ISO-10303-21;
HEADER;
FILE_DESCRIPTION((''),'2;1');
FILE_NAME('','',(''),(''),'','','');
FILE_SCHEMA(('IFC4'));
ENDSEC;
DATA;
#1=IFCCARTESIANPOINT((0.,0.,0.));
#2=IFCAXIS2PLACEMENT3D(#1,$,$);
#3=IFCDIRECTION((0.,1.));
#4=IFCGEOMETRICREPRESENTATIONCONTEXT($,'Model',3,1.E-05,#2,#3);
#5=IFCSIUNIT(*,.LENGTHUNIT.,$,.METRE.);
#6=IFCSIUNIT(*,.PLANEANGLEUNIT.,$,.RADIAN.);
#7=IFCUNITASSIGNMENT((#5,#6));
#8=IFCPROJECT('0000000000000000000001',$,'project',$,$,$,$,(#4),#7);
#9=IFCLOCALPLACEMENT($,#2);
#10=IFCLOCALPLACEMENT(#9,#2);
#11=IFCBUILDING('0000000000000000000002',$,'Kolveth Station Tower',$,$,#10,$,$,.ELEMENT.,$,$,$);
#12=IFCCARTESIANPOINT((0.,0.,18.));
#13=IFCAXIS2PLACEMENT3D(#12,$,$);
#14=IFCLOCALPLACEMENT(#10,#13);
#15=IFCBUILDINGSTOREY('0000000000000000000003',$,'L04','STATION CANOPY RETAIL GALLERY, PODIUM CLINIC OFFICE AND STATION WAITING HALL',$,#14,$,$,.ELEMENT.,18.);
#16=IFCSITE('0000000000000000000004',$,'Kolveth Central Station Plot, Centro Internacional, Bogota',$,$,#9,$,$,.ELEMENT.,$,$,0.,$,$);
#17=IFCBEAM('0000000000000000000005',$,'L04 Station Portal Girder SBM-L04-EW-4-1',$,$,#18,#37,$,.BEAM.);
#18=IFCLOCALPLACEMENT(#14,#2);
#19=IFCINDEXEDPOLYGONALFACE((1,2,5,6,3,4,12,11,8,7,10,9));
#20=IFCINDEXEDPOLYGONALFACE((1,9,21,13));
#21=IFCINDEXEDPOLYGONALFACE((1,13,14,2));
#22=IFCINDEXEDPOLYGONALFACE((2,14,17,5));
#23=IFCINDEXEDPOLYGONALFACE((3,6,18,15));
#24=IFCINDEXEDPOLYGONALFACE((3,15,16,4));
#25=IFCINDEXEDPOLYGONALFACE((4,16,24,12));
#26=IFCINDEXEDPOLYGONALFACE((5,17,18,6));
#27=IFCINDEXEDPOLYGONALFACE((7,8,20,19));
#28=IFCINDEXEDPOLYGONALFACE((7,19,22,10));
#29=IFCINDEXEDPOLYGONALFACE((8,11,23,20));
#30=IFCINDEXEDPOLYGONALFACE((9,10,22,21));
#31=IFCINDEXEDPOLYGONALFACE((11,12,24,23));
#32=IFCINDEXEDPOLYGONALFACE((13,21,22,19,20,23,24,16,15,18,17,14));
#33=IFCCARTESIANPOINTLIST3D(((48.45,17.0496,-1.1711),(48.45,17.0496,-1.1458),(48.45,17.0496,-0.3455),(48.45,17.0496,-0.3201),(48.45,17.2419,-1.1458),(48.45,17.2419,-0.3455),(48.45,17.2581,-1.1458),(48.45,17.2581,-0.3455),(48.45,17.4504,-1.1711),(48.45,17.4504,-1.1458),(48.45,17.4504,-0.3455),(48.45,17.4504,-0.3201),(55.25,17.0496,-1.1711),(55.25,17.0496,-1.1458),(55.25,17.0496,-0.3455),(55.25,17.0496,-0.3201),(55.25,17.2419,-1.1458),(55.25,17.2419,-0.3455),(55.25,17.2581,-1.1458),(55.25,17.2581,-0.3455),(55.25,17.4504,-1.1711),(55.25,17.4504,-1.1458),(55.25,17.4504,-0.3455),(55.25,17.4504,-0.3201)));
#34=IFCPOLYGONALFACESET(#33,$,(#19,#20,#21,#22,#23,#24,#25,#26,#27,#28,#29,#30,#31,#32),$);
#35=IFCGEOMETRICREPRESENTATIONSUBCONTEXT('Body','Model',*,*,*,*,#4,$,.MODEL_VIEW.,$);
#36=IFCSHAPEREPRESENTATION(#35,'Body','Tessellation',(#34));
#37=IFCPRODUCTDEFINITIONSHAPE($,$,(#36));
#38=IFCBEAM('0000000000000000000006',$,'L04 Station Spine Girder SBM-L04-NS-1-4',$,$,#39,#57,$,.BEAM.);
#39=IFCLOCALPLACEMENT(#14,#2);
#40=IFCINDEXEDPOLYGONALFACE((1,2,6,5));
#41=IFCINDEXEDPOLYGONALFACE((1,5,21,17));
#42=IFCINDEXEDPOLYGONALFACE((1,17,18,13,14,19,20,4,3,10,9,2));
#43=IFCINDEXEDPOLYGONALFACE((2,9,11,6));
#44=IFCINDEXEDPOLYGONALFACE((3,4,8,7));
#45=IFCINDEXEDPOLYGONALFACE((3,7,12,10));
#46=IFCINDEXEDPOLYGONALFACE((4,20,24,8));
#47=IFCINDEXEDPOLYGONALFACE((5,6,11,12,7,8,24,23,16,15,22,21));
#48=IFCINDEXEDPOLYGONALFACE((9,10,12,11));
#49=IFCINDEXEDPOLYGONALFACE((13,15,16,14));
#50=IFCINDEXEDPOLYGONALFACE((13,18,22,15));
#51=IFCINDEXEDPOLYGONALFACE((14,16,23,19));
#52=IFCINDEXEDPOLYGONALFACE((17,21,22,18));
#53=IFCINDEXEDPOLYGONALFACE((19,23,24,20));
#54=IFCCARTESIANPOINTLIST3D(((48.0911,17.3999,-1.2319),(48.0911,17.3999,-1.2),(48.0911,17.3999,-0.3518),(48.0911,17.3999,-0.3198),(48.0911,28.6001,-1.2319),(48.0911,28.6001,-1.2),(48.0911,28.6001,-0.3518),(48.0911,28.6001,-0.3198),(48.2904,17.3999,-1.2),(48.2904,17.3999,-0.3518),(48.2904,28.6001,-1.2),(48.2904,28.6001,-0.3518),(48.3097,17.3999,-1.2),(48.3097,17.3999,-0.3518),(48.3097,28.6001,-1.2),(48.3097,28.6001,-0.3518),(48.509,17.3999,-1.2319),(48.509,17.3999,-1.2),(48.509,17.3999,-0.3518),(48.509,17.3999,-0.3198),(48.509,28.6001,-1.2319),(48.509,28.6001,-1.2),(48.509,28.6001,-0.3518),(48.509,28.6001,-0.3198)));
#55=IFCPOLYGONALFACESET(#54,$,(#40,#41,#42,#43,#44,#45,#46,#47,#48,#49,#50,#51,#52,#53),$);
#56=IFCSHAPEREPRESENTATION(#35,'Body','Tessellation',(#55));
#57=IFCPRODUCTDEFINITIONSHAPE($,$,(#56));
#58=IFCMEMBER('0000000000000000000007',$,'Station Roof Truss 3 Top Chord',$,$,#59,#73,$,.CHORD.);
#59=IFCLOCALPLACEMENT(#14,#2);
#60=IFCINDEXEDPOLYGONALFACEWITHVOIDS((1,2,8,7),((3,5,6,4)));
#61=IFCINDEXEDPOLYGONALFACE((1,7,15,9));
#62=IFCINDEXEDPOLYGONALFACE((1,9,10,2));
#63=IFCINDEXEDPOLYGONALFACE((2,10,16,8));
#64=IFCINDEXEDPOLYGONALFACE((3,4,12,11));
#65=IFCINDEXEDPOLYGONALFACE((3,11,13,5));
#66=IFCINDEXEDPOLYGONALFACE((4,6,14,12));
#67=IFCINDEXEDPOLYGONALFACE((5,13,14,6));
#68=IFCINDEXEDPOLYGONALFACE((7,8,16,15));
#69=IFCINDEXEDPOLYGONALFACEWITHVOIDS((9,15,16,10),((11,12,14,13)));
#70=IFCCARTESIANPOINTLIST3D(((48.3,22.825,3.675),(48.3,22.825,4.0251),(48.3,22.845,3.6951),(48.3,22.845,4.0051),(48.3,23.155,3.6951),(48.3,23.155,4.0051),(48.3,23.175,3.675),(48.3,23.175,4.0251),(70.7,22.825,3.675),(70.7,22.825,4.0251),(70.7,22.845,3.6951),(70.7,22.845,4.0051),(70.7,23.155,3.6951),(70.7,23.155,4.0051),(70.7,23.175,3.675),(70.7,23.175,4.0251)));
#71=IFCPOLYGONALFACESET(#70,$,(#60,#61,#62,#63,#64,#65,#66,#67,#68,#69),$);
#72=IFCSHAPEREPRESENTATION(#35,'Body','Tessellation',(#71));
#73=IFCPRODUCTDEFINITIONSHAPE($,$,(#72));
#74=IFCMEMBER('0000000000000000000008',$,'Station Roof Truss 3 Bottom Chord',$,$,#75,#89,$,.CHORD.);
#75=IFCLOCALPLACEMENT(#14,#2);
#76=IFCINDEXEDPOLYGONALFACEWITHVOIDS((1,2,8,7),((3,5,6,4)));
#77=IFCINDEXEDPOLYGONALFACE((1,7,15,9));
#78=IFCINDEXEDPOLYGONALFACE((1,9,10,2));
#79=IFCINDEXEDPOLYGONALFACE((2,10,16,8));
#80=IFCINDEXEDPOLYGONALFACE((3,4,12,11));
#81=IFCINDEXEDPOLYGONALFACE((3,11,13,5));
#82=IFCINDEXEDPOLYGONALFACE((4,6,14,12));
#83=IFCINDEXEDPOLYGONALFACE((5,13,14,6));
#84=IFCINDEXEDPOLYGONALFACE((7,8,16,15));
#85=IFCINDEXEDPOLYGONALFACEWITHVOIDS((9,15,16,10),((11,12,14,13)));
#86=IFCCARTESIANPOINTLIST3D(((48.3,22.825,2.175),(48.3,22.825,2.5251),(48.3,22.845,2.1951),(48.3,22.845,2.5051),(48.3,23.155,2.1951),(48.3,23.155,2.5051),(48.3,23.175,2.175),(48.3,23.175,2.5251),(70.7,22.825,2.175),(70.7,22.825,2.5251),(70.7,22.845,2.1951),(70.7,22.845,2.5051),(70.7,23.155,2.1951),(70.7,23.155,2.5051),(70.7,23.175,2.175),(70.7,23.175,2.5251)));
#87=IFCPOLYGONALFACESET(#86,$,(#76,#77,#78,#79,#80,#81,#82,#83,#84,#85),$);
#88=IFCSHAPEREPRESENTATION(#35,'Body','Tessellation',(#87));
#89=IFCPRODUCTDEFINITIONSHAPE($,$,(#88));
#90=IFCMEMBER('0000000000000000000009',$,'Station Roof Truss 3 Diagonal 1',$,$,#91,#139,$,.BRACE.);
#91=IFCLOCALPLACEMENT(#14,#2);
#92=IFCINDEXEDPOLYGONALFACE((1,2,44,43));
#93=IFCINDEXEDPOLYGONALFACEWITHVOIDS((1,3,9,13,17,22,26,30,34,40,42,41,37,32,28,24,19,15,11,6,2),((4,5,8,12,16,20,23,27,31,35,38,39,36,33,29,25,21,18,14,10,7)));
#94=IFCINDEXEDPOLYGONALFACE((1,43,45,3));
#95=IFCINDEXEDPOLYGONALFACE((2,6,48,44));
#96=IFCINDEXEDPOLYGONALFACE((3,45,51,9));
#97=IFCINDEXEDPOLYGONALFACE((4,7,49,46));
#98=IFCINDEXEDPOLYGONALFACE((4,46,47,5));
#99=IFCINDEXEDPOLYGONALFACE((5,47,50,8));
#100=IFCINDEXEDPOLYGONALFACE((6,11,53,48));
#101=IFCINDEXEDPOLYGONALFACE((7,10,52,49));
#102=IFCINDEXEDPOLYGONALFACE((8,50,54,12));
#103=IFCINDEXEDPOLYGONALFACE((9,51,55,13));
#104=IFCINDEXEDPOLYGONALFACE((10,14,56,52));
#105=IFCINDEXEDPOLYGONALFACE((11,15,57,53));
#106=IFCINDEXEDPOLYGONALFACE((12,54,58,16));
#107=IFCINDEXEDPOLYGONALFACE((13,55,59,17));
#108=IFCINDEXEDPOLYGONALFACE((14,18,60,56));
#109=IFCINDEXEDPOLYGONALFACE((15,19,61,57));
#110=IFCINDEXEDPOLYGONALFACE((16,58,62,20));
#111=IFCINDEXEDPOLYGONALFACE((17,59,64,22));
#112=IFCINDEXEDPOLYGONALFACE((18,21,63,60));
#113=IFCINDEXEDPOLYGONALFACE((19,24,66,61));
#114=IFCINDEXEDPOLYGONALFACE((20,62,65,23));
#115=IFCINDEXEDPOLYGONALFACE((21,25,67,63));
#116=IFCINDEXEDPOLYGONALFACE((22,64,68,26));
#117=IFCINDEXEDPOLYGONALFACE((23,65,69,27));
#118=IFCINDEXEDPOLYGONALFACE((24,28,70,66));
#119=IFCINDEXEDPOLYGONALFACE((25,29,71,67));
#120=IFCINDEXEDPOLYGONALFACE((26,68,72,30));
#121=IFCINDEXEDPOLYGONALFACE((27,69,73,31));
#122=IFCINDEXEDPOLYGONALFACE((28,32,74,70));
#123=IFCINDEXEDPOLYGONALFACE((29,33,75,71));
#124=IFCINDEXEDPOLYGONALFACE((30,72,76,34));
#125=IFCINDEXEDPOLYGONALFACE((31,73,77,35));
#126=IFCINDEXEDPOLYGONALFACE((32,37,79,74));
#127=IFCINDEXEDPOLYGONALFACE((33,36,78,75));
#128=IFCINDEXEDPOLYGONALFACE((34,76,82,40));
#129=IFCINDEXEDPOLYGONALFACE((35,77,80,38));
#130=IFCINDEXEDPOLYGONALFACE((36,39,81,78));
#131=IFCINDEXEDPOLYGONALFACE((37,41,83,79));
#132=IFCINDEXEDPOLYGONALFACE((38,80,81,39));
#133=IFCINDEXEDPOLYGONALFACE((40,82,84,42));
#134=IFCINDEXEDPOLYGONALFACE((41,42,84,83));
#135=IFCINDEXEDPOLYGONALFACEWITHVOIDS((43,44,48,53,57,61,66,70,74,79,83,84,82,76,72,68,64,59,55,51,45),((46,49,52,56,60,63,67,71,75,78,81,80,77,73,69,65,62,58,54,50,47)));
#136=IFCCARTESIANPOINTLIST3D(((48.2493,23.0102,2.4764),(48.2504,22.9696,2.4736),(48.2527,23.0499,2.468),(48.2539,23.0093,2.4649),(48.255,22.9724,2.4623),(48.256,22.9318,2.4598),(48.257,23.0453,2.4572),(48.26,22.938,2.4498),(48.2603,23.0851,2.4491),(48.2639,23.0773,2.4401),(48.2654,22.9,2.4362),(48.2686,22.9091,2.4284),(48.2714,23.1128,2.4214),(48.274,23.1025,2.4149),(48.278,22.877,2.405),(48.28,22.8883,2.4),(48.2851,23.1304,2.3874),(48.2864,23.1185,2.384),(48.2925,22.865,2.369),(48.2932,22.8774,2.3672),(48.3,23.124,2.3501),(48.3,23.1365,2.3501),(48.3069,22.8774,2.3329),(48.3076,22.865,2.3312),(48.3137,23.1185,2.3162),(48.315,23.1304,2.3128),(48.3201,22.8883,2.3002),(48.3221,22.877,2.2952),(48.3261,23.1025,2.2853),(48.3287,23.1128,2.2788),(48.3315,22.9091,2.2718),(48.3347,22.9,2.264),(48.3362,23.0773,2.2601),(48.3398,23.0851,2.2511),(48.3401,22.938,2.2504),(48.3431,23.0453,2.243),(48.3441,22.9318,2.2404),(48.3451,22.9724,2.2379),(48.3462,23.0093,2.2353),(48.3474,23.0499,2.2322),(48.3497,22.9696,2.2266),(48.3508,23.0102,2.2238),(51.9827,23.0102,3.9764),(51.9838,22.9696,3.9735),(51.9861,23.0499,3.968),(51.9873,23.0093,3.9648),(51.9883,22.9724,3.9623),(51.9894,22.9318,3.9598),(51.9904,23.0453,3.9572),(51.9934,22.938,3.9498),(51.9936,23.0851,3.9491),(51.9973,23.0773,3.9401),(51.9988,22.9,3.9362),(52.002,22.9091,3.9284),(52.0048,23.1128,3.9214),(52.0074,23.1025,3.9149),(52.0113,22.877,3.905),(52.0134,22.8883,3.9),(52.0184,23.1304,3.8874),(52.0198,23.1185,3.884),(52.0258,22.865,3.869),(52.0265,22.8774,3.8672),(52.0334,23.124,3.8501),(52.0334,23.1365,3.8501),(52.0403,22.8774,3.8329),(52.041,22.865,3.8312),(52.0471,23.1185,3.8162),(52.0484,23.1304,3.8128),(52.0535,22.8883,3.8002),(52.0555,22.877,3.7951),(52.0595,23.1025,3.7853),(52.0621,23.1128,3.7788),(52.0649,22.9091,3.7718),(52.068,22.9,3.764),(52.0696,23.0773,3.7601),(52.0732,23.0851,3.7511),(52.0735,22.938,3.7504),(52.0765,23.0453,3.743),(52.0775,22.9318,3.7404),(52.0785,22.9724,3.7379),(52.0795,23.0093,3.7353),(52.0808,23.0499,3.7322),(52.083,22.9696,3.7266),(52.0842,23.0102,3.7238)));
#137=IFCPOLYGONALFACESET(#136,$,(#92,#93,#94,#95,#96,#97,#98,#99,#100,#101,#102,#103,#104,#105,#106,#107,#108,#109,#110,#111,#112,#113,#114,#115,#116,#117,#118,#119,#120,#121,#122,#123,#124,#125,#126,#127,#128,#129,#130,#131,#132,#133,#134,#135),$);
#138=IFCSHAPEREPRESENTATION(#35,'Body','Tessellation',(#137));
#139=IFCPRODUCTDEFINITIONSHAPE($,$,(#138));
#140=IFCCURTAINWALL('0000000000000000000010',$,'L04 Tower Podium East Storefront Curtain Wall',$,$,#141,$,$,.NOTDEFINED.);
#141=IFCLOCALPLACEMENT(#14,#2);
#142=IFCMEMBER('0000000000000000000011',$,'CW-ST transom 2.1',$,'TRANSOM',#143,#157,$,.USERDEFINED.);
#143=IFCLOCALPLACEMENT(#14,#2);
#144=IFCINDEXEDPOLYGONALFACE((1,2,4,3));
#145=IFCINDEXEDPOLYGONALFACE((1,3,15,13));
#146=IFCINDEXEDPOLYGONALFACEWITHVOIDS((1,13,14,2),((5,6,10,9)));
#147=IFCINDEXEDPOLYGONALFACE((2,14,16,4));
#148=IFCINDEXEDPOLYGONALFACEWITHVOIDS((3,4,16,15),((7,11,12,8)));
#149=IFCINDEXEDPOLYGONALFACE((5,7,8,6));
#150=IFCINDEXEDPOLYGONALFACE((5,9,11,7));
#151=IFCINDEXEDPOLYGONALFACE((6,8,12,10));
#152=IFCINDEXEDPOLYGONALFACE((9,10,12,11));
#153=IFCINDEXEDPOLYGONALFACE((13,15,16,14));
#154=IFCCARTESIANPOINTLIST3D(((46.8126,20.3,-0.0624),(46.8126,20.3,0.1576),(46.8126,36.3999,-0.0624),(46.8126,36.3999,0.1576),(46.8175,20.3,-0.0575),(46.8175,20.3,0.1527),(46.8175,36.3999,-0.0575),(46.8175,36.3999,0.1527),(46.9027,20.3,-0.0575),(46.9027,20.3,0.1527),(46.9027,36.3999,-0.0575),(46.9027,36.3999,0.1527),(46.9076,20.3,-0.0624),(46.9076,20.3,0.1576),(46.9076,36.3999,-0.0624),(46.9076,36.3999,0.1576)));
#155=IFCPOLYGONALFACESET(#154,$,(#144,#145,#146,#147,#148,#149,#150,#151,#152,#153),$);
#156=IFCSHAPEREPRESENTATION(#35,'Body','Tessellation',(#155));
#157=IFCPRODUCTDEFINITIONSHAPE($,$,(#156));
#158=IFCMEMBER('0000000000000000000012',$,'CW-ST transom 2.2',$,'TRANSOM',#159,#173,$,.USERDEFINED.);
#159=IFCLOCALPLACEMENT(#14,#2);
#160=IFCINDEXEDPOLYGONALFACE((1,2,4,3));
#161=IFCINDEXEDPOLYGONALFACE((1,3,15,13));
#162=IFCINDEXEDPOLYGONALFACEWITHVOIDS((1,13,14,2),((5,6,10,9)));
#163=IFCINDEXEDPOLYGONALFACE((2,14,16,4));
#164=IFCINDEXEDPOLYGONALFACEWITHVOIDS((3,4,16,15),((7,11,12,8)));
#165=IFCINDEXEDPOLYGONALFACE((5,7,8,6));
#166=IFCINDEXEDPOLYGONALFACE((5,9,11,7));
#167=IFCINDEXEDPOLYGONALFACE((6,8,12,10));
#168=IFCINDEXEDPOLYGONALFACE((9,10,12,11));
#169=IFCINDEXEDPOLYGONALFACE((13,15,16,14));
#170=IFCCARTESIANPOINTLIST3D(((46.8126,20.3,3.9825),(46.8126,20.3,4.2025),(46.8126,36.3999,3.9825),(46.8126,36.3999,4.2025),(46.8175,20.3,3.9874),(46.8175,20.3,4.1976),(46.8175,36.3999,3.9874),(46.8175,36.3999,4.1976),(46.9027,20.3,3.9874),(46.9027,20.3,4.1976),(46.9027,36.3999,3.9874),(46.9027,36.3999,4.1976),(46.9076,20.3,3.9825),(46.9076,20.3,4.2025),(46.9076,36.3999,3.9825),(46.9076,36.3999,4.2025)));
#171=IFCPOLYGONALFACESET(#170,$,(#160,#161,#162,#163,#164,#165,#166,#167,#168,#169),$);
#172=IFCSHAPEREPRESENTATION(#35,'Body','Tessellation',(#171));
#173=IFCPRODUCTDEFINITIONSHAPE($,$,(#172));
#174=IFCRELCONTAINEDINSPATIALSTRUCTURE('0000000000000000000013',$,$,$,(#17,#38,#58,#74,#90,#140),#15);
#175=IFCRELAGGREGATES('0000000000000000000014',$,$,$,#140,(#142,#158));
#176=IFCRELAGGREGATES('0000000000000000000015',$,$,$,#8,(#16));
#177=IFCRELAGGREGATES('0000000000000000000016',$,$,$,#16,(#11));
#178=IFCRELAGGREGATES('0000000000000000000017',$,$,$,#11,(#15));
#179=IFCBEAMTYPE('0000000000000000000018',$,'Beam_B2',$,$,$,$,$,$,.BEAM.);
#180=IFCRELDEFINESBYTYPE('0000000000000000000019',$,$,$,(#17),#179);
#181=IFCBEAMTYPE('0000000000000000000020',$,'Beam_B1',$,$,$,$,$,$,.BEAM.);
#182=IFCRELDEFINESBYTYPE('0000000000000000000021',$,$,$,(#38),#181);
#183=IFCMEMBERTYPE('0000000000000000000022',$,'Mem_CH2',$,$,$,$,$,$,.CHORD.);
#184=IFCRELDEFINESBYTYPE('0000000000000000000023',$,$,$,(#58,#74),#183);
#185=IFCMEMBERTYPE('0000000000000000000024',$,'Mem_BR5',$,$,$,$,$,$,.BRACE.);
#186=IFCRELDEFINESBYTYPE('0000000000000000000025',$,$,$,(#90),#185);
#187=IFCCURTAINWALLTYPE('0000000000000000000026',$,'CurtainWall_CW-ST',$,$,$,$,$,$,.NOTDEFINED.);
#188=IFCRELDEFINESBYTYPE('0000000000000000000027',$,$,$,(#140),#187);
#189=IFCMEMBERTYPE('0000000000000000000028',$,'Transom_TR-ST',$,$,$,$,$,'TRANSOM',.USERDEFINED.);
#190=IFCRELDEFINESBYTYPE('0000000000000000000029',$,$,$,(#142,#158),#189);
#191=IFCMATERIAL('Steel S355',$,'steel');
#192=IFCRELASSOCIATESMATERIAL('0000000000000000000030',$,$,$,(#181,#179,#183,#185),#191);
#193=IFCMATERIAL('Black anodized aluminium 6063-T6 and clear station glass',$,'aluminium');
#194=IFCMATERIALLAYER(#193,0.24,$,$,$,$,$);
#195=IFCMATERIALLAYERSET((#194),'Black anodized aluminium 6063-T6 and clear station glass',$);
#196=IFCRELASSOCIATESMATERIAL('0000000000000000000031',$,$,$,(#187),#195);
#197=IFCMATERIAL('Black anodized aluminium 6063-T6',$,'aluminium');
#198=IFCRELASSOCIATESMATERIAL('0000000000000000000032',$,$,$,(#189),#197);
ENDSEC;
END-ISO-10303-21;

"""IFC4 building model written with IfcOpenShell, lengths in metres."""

from ifc_helpers import new_model, si_unit, direction, frame, origin, origin_2d, place, context, subcontext, project, spatial, hollow_rectangle, hollow_circle, i_section, extrude, source, transform, mapped, material, layer, layer_set, material_profile, profile_set, type_object, element, aggregate, save


model = new_model("IFC4")

# Units and contexts
model_context = context("Model", 3, precision=1e-05, world=origin(), true_north=direction((0.0, 1.0)))
body_context = subcontext(model_context, "Body", "Model", "MODEL_VIEW")
ifc_project = project(units=[si_unit("LENGTHUNIT", "METRE"), si_unit("PLANEANGLEUNIT", "RADIAN")], contexts=[model_context])

# Site, building, storey
site_placement = place(None, origin())
site = spatial("IfcSite", under=ifc_project, at=site_placement, Name="Kolveth Central Station Plot, Centro Internacional, Bogota", CompositionType="ELEMENT", RefElevation=0.0)
building_placement = place(site_placement, origin())
building = spatial("IfcBuilding", under=site, at=building_placement, Name="Kolveth Station Tower", CompositionType="ELEMENT")
storey_placement = place(building_placement, frame((0.0, 0.0, 18.0)))
storey = spatial("IfcBuildingStorey", under=building, at=storey_placement, Name="L04", Description="STATION CANOPY RETAIL GALLERY, PODIUM CLINIC OFFICE AND STATION WAITING HALL", CompositionType="ELEMENT", Elevation=18.0)

# Shared definitions
ifc_material_1 = material(Name="Steel S355", Category="steel")

# Beams
ifc_material_profile_1 = material_profile(ifc_material_1, i_section(OverallWidth=0.418, OverallDepth=0.9121, WebThickness=0.0193, FlangeThickness=0.032, at=origin_2d()), Name="W920x342")
ifc_profile_set_1 = profile_set([ifc_material_profile_1], Name="Steel S355")
beam_type_1 = type_object("IfcBeamType", Name="Beam_B1", PredefinedType="BEAM", material=ifc_profile_set_1)
ifc_material_profile_2 = material_profile(ifc_material_1, i_section(OverallWidth=0.4009, OverallDepth=0.8511, WebThickness=0.0161, FlangeThickness=0.0254, at=origin_2d()), Name="W840x226")
ifc_profile_set_2 = profile_set([ifc_material_profile_2], Name="Steel S355")
beam_type_2 = type_object("IfcBeamType", Name="Beam_B2", PredefinedType="BEAM", material=ifc_profile_set_2)
shared_shape_1 = source(origin(), body_context, "Body", "SweptSolid", [
    extrude(i_section(OverallWidth=0.4009, OverallDepth=0.8511, WebThickness=0.0161, FlangeThickness=0.0254, at=origin_2d()), origin(), (0.0, 0.0, 1.0), 6.8),
])
beam_1_placement = place(storey_placement, frame((48.45, 17.25, -0.7456), z_axis=(1.0, 0.0, 0.0), x_axis=(0.0, 1.0, 0.0)))
element("IfcBeam", 1, at=beam_1_placement, inside=storey, type_object=beam_type_2, Name="L04 Station Portal Girder SBM-L04-EW-4-1", PredefinedType="BEAM", context=body_context, shape_type="MappedRepresentation", body=[
    mapped(shared_shape_1, transform((0.0, 0.0, 0.0), x_axis=(1.0, 0.0, 0.0), y_axis=(0.0, 1.0, 0.0), z_axis=(0.0, 0.0, 1.0), scale=1.0)),
])
shared_shape_2 = source(origin(), body_context, "Body", "SweptSolid", [
    extrude(i_section(OverallWidth=0.418, OverallDepth=0.9121, WebThickness=0.0193, FlangeThickness=0.032, at=origin_2d()), origin(), (0.0, 0.0, 1.0), 11.2002),
])
beam_2_placement = place(storey_placement, frame((48.3, 17.3999, -0.7759), z_axis=(0.0, 1.0, 0.0), x_axis=(-1.0, 0.0, 0.0)))
element("IfcBeam", 2, at=beam_2_placement, inside=storey, type_object=beam_type_1, Name="L04 Station Spine Girder SBM-L04-NS-1-4", PredefinedType="BEAM", context=body_context, shape_type="MappedRepresentation", body=[
    mapped(shared_shape_2, transform((0.0, 0.0, 0.0), x_axis=(1.0, 0.0, 0.0), y_axis=(0.0, 1.0, 0.0), z_axis=(0.0, 0.0, 1.0), scale=1.0)),
])

# Members
ifc_material_profile_3 = material_profile(ifc_material_1, hollow_rectangle(XDim=0.3501, YDim=0.3501, WallThickness=0.02, at=origin_2d()), Name="HSS350x350x20")
ifc_profile_set_3 = profile_set([ifc_material_profile_3], Name="Steel S355")
member_type_1 = type_object("IfcMemberType", Name="Mem_CH2", PredefinedType="CHORD", material=ifc_profile_set_3)
shared_shape_3 = source(origin(), body_context, "Body", "SweptSolid", [
    extrude(hollow_rectangle(XDim=0.3501, YDim=0.3501, WallThickness=0.02, at=origin_2d()), origin(), (0.0, 0.0, 1.0), 22.3999),
])
for number, where, z_axis, x_axis, name in (
    (3, (48.3, 23.0, 3.8501), (1.0, 0.0, 0.0), (0.0, 1.0, 0.0), "Station Roof Truss 3 Top Chord"),
    (4, (48.3, 23.0, 2.3501), (1.0, 0.0, 0.0), (0.0, 1.0, 0.0), "Station Roof Truss 3 Bottom Chord"),
):
    element("IfcMember", number, at=place(storey_placement, frame(where, z_axis=z_axis, x_axis=x_axis)), inside=storey, type_object=member_type_1, Name=name, PredefinedType="CHORD", context=body_context, shape_type="MappedRepresentation", body=[
        mapped(shared_shape_3, transform((0.0, 0.0, 0.0), x_axis=(1.0, 0.0, 0.0), y_axis=(0.0, 1.0, 0.0), z_axis=(0.0, 0.0, 1.0), scale=1.0)),
    ])
ifc_material_profile_4 = material_profile(ifc_material_1, hollow_circle(Radius=0.1365, WallThickness=0.0125, at=origin_2d()), Name="CHS273x12.5")
ifc_profile_set_4 = profile_set([ifc_material_profile_4], Name="Steel S355")
member_type_2 = type_object("IfcMemberType", Name="Mem_BR5", PredefinedType="BRACE", material=ifc_profile_set_4)
shared_shape_4 = source(origin(), body_context, "Body", "SweptSolid", [
    extrude(hollow_circle(Radius=0.1365, WallThickness=0.0125, at=origin_2d()), origin(), (0.0, 0.0, 1.0), 4.0234),
])
member_1_placement = place(storey_placement, frame((48.3, 23.0, 2.3501), z_axis=(0.927906, 0.0, 0.372813), x_axis=(0.0, 1.0, 0.0)))
element("IfcMember", 5, at=member_1_placement, inside=storey, type_object=member_type_2, Name="Station Roof Truss 3 Diagonal 1", PredefinedType="BRACE", context=body_context, shape_type="MappedRepresentation", body=[
    mapped(shared_shape_4, transform((0.0, 0.0, 0.0), x_axis=(1.0, 0.0, 0.0), y_axis=(0.0, 1.0, 0.0), z_axis=(0.0, 0.0, 1.0), scale=1.0)),
])

# Curtain wall, members
ifc_material_2 = material(Name="Black anodized aluminium 6063-T6 and clear station glass", Category="aluminium")
ifc_layer_1 = layer(ifc_material_2, 0.24)
ifc_layer_set_1 = layer_set([ifc_layer_1], Name="Black anodized aluminium 6063-T6 and clear station glass")
curtain_wall_type = type_object("IfcCurtainWallType", Name="CurtainWall_CW-ST", PredefinedType="NOTDEFINED", material=ifc_layer_set_1)
curtain_wall_placement = place(storey_placement, origin())
curtain_wall = element("IfcCurtainWall", 6, at=curtain_wall_placement, inside=storey, type_object=curtain_wall_type, Name="L04 Tower Podium East Storefront Curtain Wall", PredefinedType="NOTDEFINED")
ifc_material_3 = material(Name="Black anodized aluminium 6063-T6", Category="aluminium")
ifc_material_profile_5 = material_profile(ifc_material_3, hollow_rectangle(XDim=0.095, YDim=0.22, WallThickness=0.0049, at=origin_2d()), Name="ALU-95x220x5")
ifc_profile_set_5 = profile_set([ifc_material_profile_5], Name="Black anodized aluminium 6063-T6")
member_type_3 = type_object("IfcMemberType", Name="Transom_TR-ST", ElementType="TRANSOM", PredefinedType="USERDEFINED", material=ifc_profile_set_5)
shared_shape_5 = source(origin(), body_context, "Body", "SweptSolid", [
    extrude(hollow_rectangle(XDim=0.095, YDim=0.22, WallThickness=0.0049, at=origin_2d()), origin(), (0.0, 0.0, 1.0), 16.0999),
])
member_2_placement = place(storey_placement, frame((46.8601, 20.3, 0.0476), z_axis=(0.0, 1.0, 0.0), x_axis=(-1.0, 0.0, 0.0)))
member_2 = element("IfcMember", 7, at=member_2_placement, type_object=member_type_3, Name="CW-ST transom 2.1", ObjectType="TRANSOM", PredefinedType="USERDEFINED", context=body_context, shape_type="MappedRepresentation", body=[
    mapped(shared_shape_5, transform((0.0, 0.0, 0.0), x_axis=(1.0, 0.0, 0.0), y_axis=(0.0, 1.0, 0.0), z_axis=(0.0, 0.0, 1.0), scale=1.0)),
])
member_3_placement = place(storey_placement, frame((46.8601, 20.3, 4.0925), z_axis=(0.0, 1.0, 0.0), x_axis=(-1.0, 0.0, 0.0)))
member_3 = element("IfcMember", 8, at=member_3_placement, type_object=member_type_3, Name="CW-ST transom 2.2", ObjectType="TRANSOM", PredefinedType="USERDEFINED", context=body_context, shape_type="MappedRepresentation", body=[
    mapped(shared_shape_5, transform((0.0, 0.0, 0.0), x_axis=(1.0, 0.0, 0.0), y_axis=(0.0, 1.0, 0.0), z_axis=(0.0, 0.0, 1.0), scale=1.0)),
])

aggregate(curtain_wall, [member_2, member_3])

save(model, "model.ifc")
